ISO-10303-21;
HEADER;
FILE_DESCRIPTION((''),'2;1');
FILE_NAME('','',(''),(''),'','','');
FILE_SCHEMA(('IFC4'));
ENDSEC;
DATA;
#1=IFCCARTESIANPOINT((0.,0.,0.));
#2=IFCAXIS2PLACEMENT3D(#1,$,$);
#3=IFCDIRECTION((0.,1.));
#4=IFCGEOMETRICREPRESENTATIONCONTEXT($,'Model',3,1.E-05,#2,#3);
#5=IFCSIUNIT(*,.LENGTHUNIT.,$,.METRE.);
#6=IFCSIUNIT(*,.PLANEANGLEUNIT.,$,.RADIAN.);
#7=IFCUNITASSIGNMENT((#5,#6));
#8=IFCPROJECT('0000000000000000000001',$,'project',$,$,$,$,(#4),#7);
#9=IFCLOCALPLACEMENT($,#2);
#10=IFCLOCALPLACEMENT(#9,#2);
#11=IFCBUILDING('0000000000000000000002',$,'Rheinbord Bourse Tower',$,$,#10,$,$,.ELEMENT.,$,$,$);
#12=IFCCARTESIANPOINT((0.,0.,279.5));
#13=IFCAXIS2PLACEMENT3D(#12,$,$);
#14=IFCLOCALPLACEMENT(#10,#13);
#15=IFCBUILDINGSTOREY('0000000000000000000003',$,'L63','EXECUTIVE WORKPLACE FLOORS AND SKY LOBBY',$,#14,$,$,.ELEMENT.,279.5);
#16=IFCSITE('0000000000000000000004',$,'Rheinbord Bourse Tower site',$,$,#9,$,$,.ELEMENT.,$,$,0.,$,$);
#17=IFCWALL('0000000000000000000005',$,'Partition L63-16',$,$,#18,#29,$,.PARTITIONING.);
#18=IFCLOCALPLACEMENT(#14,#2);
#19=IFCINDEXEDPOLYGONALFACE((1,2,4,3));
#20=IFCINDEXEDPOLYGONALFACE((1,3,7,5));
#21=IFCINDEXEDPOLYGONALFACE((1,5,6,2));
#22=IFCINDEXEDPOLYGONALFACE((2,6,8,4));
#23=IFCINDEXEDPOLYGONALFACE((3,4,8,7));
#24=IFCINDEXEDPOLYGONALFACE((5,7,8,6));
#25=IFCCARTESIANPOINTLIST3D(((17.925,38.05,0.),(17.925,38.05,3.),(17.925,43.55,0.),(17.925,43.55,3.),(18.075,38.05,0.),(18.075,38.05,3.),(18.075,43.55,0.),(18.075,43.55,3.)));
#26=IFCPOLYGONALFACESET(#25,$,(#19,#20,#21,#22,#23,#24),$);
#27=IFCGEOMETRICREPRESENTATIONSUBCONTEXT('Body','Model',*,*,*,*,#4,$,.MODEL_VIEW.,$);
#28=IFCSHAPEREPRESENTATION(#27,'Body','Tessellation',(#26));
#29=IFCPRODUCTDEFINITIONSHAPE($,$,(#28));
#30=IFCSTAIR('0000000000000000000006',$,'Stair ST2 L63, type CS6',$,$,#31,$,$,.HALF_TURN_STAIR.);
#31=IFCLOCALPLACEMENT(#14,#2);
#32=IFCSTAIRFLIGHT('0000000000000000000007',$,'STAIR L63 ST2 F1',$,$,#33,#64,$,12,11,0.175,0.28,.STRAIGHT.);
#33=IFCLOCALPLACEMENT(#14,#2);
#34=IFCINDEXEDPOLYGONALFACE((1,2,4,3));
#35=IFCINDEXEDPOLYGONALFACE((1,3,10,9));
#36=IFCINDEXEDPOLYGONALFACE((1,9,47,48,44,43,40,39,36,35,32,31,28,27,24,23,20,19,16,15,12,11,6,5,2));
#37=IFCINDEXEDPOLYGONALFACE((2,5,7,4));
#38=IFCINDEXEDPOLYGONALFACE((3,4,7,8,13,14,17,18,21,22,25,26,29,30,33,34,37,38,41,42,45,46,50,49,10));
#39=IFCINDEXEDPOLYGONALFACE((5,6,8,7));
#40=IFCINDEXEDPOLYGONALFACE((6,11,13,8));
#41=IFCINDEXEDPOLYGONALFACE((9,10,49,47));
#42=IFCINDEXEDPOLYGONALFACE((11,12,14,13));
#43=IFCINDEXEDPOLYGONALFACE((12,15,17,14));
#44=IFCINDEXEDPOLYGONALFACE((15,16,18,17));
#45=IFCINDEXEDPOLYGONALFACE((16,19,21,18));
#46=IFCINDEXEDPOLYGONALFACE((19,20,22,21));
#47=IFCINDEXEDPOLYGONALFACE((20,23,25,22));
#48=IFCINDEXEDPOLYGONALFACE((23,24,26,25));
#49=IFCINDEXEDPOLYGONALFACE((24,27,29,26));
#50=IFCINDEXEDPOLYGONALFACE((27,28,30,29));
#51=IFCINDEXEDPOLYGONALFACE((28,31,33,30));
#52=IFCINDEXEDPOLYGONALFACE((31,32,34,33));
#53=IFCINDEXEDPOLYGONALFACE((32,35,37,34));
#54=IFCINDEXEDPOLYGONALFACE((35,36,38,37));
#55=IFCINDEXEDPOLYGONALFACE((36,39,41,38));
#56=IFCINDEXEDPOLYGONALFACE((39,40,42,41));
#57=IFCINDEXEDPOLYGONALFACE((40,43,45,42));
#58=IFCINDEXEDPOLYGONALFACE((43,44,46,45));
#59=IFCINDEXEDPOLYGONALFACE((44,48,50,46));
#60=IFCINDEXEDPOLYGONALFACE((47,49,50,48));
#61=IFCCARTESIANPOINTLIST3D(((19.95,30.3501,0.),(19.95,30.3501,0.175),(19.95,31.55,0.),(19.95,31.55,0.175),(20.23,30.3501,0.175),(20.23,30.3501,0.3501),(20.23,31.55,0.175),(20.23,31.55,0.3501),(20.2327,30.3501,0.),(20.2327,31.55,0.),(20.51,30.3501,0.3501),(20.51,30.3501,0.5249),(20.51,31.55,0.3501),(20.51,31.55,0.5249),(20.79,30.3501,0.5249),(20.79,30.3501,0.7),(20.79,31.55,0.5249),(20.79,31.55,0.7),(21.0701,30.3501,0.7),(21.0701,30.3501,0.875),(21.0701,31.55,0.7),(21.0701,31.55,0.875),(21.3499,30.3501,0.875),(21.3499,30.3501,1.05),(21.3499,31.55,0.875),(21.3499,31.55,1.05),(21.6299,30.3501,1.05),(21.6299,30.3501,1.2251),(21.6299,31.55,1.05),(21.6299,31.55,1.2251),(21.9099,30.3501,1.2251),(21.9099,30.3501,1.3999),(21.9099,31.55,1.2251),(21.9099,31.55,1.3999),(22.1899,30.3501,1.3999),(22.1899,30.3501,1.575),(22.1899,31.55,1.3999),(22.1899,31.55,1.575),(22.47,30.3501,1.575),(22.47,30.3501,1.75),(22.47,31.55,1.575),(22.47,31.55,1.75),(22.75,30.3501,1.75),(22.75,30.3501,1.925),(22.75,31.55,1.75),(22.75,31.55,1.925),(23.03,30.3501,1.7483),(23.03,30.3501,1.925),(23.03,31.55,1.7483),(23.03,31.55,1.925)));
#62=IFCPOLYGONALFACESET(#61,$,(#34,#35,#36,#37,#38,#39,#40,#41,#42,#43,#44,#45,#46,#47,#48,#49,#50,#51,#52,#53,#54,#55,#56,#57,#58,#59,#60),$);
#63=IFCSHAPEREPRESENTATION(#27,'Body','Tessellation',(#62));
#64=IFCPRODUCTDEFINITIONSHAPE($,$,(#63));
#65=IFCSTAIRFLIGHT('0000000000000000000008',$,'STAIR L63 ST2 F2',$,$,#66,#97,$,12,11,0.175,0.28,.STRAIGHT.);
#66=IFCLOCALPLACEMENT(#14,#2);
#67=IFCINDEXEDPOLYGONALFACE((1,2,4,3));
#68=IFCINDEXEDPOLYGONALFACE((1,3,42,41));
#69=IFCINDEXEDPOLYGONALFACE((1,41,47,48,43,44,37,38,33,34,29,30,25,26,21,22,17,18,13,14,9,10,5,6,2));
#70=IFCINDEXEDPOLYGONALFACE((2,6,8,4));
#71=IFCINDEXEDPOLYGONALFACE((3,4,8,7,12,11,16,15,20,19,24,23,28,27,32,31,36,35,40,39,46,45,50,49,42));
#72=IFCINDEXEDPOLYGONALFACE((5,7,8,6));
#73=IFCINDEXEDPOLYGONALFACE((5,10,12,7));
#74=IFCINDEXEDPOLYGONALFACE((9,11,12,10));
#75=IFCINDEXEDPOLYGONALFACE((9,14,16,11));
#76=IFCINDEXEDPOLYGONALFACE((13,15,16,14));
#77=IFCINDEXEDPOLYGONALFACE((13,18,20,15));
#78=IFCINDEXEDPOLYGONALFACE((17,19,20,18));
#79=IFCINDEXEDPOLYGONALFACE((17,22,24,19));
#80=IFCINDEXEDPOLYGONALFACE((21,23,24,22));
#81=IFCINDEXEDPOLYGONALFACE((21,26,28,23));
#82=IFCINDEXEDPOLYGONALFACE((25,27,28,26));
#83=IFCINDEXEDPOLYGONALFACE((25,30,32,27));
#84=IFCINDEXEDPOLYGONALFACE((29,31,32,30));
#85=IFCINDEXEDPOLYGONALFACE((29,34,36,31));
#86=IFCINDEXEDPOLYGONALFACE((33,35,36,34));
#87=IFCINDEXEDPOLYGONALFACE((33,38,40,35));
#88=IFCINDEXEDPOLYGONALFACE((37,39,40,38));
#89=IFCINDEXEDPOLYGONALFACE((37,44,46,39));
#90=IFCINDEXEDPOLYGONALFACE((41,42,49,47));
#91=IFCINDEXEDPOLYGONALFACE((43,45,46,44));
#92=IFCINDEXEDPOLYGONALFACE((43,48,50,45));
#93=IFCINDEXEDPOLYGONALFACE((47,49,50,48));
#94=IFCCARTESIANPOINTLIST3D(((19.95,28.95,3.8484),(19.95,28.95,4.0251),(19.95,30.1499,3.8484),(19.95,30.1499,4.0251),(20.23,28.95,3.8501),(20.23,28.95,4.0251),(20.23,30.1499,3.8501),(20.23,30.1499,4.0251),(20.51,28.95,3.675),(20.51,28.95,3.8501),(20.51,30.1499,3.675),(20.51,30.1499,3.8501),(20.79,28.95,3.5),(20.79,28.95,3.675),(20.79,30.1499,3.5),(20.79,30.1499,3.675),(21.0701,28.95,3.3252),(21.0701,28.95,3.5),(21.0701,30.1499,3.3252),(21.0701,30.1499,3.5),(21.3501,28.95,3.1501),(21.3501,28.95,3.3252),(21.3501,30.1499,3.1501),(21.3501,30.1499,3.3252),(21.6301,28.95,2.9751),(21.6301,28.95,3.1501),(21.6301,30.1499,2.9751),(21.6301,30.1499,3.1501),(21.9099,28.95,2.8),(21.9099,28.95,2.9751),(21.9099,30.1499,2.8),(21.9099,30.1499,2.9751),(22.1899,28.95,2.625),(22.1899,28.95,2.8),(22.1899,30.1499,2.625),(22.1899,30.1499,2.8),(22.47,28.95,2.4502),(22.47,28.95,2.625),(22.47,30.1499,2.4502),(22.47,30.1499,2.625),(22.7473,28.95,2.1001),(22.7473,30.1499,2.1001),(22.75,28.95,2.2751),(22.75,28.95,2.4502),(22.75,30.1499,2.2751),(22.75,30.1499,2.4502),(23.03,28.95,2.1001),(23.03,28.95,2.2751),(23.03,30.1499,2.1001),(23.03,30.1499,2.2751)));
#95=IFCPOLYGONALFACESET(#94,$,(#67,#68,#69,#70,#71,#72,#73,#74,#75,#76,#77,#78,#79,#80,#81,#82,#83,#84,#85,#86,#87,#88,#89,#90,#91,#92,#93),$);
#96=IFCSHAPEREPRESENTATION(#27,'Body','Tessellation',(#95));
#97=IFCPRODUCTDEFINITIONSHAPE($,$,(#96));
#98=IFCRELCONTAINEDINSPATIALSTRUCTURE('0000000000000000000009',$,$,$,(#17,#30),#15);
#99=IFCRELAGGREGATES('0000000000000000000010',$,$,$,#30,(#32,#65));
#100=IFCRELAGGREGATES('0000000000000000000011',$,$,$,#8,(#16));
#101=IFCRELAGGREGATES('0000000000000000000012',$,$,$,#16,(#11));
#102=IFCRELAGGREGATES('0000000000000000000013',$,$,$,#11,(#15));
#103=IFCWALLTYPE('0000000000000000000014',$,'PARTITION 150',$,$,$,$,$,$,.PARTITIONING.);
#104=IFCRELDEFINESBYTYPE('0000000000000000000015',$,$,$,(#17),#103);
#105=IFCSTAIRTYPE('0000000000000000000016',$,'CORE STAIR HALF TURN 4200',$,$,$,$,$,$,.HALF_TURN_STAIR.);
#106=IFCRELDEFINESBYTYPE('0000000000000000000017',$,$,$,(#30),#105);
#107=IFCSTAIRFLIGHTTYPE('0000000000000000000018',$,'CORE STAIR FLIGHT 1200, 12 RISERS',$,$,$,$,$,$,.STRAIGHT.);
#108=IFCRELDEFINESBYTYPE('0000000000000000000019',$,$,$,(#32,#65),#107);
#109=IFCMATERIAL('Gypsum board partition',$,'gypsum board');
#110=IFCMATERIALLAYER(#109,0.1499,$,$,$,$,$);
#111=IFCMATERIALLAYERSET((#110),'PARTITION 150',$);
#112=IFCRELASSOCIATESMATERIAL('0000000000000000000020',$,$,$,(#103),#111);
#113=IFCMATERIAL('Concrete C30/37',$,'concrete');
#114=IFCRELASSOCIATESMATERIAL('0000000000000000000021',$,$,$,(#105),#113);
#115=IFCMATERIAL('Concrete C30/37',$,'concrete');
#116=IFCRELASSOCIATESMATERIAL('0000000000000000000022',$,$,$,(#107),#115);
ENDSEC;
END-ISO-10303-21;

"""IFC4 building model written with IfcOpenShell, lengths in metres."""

from ifc_helpers import new_model, si_unit, direction, frame, frame_2d, origin, place, context, subcontext, project, spatial, polyline, rectangle, outline, extrude, material, layer, layer_set, type_object, element, aggregate, save


model = new_model("IFC4")

# Units and contexts
model_context = context("Model", 3, precision=1e-05, world=origin(), true_north=direction((0.0, 1.0)))
body_context = subcontext(model_context, "Body", "Model", "MODEL_VIEW")
ifc_project = project(units=[si_unit("LENGTHUNIT", "METRE"), si_unit("PLANEANGLEUNIT", "RADIAN")], contexts=[model_context])

# Site, building, storey
site_placement = place(None, origin())
site = spatial("IfcSite", under=ifc_project, at=site_placement, Name="Rheinbord Bourse Tower site", CompositionType="ELEMENT", RefElevation=0.0)
building_placement = place(site_placement, origin())
building = spatial("IfcBuilding", under=site, at=building_placement, Name="Rheinbord Bourse Tower", CompositionType="ELEMENT")
storey_placement = place(building_placement, frame((0.0, 0.0, 279.5)))
storey = spatial("IfcBuildingStorey", under=building, at=storey_placement, Name="L63", Description="EXECUTIVE WORKPLACE FLOORS AND SKY LOBBY", CompositionType="ELEMENT", Elevation=279.5)

# Wall
ifc_material_1 = material(Name="Gypsum board partition", Category="gypsum board")
ifc_layer_1 = layer(ifc_material_1, 0.1499)
ifc_layer_set_1 = layer_set([ifc_layer_1], Name="PARTITION 150")
wall_type_1 = type_object("IfcWallType", Name="PARTITION 150", PredefinedType="PARTITIONING", material=ifc_layer_set_1)
wall_1_placement = place(storey_placement, frame((18.0, 38.05, 0.0), z_axis=(0.0, 0.0, 1.0), x_axis=(0.0, 1.0, 0.0)))
element("IfcWall", 1, at=wall_1_placement, inside=storey, type_object=wall_type_1, Name="Partition L63-16", PredefinedType="PARTITIONING", context=body_context, shape_type="SweptSolid", body=[
    extrude(rectangle(XDim=5.5, YDim=0.1499, at=frame_2d((2.75, 0.0))), origin(), (0.0, 0.0, 1.0), 3.0),
])

# Stair, stair flights
ifc_material_2 = material(Name="Concrete C30/37", Category="concrete")
stair_type = type_object("IfcStairType", Name="CORE STAIR HALF TURN 4200", PredefinedType="HALF_TURN_STAIR", material=ifc_material_2)
stair_placement = place(storey_placement, origin())
stair = element("IfcStair", 2, at=stair_placement, inside=storey, type_object=stair_type, Name="Stair ST2 L63, type CS6", PredefinedType="HALF_TURN_STAIR")
ifc_material_3 = material(Name="Concrete C30/37", Category="concrete")
stair_flight_type = type_object("IfcStairFlightType", Name="CORE STAIR FLIGHT 1200, 12 RISERS", PredefinedType="STRAIGHT", material=ifc_material_3)
stair_flight_1_placement = place(storey_placement, frame((19.95, 30.95, 0.0), z_axis=(0.0, 0.0, 1.0), x_axis=(1.0, 0.0, 0.0)))
stair_flight_1 = element("IfcStairFlight", 3, at=stair_flight_1_placement, type_object=stair_flight_type, Name="STAIR L63 ST2 F1", NumberOfRisers=12, NumberOfTreads=11, PredefinedType="STRAIGHT", RiserHeight=0.175, TreadLength=0.28, context=body_context, shape_type="SweptSolid", body=[
    extrude(outline(polyline([(0.0, 0.0), (0.0, 0.175), (0.28, 0.175), (0.28, 0.3501), (0.5601, 0.3501), (0.5601, 0.5249), (0.8401, 0.5249), (0.8401, 0.7), (1.1201, 0.7), (1.1201, 0.875), (1.3999, 0.875), (1.3999, 1.05), (1.6799, 1.05), (1.6799, 1.2251), (1.96, 1.2251), (1.96, 1.3999), (2.24, 1.3999), (2.24, 1.575), (2.52, 1.575), (2.52, 1.75), (2.8, 1.75), (2.8, 1.925), (3.0801, 1.925), (3.0801, 2.1001), (3.0801, 1.7483), (0.2827, 0.0), (0.0, 0.0)])), frame((0.0, 0.6001, 0.0), z_axis=(0.0, -1.0, 0.0), x_axis=(1.0, 0.0, 0.0)), (0.0, 0.0, 1.0), 1.2),
])
stair_flight_2_placement = place(storey_placement, frame((23.03, 29.55, 2.1001), z_axis=(0.0, 0.0, 1.0), x_axis=(-1.0, 0.0, 0.0)))
stair_flight_2 = element("IfcStairFlight", 4, at=stair_flight_2_placement, type_object=stair_flight_type, Name="STAIR L63 ST2 F2", NumberOfRisers=12, NumberOfTreads=11, PredefinedType="STRAIGHT", RiserHeight=0.175, TreadLength=0.28, context=body_context, shape_type="SweptSolid", body=[
    extrude(outline(polyline([(0.0, 0.0), (0.0, 0.175), (0.28, 0.175), (0.28, 0.3501), (0.5601, 0.3501), (0.5601, 0.5249), (0.8401, 0.5249), (0.8401, 0.7), (1.1201, 0.7), (1.1201, 0.875), (1.3999, 0.875), (1.3999, 1.05), (1.6799, 1.05), (1.6799, 1.2251), (1.96, 1.2251), (1.96, 1.3999), (2.24, 1.3999), (2.24, 1.575), (2.52, 1.575), (2.52, 1.75), (2.8, 1.75), (2.8, 1.925), (3.0801, 1.925), (3.0801, 2.1001), (3.0801, 1.7483), (0.2827, 0.0), (0.0, 0.0)])), frame((0.0, 0.6001, 0.0), z_axis=(0.0, -1.0, 0.0), x_axis=(1.0, 0.0, 0.0)), (0.0, 0.0, 1.0), 1.2),
])
aggregate(stair, [stair_flight_1, stair_flight_2])

save(model, "model.ifc")
